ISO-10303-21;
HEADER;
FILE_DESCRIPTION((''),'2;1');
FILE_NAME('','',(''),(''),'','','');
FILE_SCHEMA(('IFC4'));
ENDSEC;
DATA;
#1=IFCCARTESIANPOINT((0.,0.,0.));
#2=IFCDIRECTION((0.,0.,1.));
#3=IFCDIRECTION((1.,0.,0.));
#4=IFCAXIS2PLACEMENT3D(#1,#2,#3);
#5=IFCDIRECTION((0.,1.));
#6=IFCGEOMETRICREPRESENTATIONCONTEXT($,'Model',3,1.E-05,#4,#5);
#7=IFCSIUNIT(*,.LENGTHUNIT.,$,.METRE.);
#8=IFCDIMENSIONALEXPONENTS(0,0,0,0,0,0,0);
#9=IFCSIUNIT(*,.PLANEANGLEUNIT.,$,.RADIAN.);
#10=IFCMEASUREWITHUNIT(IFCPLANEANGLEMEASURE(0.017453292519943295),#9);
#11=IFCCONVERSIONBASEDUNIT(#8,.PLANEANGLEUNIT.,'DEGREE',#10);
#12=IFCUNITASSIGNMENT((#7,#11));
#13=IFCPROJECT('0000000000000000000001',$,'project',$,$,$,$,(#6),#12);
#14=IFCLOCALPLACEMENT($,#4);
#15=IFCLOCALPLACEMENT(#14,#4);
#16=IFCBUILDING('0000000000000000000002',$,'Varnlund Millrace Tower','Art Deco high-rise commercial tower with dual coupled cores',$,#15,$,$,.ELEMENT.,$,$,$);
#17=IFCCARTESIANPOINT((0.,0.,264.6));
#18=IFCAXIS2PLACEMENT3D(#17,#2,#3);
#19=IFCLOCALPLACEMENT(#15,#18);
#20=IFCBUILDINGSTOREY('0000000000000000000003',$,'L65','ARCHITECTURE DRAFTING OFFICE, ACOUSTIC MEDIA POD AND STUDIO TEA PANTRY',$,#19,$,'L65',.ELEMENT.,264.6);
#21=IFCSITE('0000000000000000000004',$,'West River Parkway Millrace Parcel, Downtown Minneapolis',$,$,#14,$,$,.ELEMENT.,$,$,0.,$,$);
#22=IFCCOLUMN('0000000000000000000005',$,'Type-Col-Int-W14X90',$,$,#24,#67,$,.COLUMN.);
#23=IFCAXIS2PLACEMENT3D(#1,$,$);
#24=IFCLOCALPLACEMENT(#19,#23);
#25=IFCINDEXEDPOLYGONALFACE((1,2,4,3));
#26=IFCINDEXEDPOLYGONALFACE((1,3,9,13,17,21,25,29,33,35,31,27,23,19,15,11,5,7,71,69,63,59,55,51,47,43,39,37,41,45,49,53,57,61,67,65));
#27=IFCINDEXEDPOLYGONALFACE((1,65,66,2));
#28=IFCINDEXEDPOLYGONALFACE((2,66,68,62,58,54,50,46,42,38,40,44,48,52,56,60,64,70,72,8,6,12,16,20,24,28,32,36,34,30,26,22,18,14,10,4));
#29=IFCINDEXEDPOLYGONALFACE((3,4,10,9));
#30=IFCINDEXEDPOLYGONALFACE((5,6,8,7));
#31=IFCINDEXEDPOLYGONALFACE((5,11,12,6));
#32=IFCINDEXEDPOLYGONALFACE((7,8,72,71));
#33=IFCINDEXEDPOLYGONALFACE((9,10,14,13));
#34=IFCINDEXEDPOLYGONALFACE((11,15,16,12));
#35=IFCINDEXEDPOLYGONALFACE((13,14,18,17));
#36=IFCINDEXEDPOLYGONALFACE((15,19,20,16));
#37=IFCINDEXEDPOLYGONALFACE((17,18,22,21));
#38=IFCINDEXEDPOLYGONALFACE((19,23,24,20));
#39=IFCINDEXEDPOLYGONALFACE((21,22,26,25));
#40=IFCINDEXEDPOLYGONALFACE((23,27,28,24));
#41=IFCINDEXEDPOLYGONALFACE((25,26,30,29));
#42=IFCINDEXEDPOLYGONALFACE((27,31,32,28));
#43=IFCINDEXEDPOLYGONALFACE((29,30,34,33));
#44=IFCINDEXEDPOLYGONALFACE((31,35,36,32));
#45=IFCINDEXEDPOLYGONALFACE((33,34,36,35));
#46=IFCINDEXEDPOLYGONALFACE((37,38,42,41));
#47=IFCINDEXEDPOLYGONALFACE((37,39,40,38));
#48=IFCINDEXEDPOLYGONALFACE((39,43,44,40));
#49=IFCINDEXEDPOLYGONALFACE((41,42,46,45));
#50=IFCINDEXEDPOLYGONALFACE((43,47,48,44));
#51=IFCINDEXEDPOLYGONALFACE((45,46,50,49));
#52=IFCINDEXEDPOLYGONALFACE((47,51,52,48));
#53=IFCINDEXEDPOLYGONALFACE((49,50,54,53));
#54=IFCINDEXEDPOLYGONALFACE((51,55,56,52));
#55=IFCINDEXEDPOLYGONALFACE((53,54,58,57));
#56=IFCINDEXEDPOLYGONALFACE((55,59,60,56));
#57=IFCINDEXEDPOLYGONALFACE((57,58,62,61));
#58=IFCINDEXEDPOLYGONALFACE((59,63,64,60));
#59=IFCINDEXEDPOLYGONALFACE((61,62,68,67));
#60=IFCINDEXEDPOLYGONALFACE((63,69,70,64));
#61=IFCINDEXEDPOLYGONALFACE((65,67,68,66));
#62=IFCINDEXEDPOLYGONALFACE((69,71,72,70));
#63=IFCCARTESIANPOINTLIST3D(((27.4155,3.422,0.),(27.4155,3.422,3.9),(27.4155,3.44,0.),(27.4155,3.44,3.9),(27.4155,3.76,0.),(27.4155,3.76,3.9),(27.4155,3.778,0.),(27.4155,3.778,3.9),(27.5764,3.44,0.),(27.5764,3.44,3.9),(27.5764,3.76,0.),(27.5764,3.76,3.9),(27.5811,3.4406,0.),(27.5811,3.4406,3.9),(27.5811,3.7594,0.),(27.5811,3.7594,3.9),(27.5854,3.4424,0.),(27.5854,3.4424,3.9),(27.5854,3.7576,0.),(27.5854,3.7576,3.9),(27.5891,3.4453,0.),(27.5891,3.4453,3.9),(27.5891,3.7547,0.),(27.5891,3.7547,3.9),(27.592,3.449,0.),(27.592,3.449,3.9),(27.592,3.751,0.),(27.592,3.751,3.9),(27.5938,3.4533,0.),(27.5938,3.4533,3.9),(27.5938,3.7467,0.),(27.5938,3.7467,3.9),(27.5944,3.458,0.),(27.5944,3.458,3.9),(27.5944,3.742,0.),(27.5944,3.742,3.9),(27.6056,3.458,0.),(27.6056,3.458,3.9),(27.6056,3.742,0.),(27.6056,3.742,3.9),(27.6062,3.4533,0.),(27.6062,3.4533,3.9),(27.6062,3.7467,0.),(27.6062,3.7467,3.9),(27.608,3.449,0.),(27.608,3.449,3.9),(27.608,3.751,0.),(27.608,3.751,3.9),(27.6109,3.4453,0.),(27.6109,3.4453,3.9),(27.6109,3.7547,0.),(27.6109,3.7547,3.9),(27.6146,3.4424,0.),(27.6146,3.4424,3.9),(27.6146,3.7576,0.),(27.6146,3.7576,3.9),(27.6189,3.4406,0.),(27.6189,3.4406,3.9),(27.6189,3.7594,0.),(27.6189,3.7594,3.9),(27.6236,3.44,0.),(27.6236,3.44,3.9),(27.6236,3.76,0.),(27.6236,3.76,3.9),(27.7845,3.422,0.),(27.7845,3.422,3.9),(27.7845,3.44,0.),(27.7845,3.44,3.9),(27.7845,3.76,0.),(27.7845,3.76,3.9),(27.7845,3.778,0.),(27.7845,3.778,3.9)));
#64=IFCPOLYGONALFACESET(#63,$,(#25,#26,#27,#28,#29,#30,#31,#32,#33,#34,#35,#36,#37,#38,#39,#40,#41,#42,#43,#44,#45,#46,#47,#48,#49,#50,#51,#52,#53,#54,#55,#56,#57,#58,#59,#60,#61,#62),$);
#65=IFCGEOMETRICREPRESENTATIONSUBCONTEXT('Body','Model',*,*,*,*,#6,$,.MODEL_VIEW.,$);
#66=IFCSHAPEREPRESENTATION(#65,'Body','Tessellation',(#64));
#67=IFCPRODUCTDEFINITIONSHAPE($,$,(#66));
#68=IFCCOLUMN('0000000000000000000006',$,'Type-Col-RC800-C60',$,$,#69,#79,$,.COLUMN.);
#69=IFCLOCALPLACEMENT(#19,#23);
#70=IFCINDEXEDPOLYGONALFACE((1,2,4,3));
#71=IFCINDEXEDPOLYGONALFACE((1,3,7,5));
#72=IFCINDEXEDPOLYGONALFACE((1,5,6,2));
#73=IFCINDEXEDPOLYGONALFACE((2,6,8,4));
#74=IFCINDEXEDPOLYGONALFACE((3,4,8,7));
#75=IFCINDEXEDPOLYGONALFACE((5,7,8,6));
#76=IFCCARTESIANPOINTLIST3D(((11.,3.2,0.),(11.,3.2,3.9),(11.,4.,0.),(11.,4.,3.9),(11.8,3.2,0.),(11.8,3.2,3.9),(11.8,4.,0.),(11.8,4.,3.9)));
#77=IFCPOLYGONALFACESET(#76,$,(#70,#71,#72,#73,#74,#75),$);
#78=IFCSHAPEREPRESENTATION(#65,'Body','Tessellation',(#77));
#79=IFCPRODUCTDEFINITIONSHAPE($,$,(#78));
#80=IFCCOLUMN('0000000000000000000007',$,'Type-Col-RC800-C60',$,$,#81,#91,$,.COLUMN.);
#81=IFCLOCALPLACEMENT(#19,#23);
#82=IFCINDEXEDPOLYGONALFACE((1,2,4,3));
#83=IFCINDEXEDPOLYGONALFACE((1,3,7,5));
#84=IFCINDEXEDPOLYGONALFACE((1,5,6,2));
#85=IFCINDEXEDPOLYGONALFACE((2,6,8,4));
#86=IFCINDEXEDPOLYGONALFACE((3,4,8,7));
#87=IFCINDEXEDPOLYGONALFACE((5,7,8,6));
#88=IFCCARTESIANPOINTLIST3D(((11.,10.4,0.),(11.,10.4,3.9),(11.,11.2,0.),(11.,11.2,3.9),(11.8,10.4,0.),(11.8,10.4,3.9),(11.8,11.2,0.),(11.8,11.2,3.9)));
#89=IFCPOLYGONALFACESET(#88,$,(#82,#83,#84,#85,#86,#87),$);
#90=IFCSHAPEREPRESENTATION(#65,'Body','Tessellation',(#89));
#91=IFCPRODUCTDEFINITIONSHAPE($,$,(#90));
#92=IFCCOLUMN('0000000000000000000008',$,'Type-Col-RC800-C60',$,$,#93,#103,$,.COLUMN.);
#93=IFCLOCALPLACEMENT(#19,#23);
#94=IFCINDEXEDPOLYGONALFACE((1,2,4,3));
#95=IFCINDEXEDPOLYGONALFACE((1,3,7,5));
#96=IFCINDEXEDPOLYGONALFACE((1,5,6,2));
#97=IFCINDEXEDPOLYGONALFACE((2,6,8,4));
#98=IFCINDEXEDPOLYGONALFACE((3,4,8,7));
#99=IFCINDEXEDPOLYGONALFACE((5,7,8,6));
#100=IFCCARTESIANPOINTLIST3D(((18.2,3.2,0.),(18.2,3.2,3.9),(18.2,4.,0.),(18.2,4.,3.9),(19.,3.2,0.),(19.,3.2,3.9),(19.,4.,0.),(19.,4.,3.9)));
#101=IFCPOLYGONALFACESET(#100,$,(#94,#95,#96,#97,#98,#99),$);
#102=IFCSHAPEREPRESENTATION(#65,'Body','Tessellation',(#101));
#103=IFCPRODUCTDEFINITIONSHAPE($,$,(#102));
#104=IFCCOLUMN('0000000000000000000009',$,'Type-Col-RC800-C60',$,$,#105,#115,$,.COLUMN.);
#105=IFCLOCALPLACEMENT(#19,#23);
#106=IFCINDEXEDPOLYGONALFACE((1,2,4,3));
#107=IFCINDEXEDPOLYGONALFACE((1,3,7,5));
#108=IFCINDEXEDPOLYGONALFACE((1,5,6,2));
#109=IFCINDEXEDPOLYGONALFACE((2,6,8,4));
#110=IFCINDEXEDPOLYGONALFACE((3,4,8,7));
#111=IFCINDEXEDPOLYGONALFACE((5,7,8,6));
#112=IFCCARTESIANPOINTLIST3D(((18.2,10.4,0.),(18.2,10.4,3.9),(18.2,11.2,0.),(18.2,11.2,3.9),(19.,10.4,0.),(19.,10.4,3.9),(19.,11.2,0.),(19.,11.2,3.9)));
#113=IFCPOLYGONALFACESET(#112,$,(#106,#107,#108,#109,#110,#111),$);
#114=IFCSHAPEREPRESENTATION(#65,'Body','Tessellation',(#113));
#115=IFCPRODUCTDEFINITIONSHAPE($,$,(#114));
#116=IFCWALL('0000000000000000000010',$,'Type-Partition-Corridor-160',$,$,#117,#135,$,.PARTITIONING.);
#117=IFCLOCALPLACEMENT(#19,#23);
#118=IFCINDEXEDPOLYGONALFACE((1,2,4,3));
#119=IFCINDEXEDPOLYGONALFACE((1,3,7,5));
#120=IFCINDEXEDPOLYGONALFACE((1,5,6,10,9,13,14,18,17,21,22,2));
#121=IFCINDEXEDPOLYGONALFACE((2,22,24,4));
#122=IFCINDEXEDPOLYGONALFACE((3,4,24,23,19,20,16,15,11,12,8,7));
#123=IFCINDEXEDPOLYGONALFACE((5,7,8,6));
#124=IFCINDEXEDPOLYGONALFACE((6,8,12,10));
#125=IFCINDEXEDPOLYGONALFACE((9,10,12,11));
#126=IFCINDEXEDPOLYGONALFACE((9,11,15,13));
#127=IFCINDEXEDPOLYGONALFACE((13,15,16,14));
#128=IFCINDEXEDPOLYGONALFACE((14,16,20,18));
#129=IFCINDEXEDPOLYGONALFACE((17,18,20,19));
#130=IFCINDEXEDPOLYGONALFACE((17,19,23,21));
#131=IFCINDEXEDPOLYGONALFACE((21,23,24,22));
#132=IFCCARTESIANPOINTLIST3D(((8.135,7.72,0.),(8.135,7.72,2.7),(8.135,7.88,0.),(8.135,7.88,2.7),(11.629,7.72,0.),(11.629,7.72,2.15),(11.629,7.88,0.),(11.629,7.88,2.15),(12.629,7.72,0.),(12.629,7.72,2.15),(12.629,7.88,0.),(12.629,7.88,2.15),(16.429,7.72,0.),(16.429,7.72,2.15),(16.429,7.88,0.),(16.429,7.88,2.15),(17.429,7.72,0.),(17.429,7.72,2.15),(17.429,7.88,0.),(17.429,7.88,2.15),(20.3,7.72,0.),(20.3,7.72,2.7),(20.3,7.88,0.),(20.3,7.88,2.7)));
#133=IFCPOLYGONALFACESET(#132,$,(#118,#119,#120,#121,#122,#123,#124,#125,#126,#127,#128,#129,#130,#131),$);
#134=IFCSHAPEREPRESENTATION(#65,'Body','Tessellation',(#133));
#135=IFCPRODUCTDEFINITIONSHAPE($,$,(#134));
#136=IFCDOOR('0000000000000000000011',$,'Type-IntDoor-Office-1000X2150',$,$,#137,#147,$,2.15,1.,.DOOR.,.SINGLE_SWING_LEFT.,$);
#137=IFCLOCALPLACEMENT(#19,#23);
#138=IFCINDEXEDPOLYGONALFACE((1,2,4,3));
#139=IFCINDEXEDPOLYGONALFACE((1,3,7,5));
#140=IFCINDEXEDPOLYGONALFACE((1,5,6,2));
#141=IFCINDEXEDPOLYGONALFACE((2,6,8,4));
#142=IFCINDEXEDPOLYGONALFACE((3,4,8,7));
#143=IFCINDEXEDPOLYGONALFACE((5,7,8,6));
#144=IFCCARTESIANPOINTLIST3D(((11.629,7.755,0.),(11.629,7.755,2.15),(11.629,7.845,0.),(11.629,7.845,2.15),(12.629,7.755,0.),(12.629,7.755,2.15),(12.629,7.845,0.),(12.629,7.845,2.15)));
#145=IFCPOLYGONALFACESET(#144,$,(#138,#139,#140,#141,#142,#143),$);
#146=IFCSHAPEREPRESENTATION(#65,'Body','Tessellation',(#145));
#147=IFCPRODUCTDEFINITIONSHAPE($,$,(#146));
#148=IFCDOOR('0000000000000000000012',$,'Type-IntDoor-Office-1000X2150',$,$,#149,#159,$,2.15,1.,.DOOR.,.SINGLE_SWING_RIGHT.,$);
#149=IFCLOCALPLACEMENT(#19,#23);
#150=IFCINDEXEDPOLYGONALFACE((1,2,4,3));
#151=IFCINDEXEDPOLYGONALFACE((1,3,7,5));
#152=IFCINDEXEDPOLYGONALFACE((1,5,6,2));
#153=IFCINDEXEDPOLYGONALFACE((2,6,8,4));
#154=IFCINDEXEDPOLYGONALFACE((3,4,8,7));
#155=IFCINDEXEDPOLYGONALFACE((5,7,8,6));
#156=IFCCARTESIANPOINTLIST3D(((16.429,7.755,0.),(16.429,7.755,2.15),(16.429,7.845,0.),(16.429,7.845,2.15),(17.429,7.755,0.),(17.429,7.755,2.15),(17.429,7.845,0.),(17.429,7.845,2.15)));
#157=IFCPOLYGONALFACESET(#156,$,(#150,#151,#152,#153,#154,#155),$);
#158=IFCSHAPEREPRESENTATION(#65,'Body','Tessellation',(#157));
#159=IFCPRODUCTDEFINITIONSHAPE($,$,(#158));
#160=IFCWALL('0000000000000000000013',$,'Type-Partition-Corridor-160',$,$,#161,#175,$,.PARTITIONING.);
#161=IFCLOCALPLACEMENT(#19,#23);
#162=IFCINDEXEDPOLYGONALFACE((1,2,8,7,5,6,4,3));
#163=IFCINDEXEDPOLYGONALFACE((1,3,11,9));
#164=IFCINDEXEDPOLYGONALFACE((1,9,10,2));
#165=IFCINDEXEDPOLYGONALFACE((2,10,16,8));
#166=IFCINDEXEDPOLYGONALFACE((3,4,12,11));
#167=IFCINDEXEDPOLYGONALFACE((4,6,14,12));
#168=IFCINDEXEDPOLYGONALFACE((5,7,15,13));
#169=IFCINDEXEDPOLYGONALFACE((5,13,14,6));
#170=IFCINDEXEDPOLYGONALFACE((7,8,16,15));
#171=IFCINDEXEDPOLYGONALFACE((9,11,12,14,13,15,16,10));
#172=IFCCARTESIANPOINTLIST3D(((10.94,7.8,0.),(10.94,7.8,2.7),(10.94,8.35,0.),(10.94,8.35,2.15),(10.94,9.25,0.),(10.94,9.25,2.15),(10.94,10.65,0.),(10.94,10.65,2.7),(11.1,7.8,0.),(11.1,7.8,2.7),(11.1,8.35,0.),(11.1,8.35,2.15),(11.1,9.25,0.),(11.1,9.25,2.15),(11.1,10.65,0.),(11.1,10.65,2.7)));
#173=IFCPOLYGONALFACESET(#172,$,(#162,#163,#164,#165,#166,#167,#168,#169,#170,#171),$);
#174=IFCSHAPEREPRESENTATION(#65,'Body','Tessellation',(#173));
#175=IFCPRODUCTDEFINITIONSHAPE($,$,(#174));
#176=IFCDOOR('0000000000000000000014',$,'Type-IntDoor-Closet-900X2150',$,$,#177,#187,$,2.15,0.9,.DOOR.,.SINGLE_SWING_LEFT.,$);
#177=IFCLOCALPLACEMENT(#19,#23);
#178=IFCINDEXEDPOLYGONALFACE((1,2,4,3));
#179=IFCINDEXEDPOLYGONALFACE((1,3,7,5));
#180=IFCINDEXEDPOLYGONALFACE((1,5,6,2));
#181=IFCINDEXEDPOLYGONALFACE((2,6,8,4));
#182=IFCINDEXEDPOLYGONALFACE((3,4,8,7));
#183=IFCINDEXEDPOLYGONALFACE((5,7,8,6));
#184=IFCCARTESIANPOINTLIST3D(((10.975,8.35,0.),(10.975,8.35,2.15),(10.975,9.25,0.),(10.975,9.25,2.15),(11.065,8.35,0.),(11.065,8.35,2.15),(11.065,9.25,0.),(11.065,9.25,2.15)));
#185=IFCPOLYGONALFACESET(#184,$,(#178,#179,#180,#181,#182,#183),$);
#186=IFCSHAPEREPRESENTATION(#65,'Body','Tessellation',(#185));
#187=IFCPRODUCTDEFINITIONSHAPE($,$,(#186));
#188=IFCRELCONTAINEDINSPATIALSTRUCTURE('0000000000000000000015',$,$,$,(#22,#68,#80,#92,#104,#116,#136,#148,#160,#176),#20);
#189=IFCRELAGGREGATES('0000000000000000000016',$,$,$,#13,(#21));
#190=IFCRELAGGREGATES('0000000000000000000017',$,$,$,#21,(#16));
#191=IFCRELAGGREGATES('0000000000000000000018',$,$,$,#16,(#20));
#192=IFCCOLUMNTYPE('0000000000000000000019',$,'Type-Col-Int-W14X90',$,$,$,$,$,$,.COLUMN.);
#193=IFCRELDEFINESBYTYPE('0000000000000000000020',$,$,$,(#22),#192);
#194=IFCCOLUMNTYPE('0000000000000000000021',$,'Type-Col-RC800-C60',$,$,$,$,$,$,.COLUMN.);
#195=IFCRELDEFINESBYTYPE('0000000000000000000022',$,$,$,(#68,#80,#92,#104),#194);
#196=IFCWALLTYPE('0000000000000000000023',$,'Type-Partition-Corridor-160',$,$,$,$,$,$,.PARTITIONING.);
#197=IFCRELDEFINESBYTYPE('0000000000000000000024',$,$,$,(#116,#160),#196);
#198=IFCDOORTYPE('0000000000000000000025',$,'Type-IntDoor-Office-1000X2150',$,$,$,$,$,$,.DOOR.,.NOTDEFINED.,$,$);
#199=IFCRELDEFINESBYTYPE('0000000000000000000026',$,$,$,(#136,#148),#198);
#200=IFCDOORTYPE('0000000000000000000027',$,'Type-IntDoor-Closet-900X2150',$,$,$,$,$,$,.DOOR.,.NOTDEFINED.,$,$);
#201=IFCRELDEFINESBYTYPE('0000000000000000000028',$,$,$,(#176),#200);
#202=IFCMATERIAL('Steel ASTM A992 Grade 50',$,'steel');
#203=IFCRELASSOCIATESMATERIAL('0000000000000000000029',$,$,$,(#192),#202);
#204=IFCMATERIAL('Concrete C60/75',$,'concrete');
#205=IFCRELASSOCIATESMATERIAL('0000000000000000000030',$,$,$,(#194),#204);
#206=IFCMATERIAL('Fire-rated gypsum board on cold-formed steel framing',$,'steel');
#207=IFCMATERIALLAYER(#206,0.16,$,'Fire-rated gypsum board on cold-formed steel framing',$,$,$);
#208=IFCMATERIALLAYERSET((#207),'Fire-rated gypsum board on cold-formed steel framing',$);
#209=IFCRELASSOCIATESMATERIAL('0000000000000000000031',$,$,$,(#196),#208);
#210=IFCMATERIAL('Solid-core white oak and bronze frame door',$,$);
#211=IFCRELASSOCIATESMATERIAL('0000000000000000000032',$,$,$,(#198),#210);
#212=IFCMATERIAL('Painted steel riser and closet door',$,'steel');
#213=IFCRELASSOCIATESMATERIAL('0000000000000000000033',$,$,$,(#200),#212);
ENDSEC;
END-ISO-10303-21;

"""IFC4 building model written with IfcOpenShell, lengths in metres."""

from ifc_helpers import new_model, entity, si_unit, converted_unit, direction, frame, origin_with_axes, origin_2d_with_axis, place, context, subcontext, project, spatial, polyline, rectangle, i_section, outline, extrude, material, layer, layer_set, material_profile, profile_set, type_object, element, fill, save


model = new_model("IFC4")

# Units and contexts
model_context = context("Model", 3, precision=1e-05, world=origin_with_axes(), true_north=direction((0.0, 1.0)))
body_context = subcontext(model_context, "Body", "Model", "MODEL_VIEW")
ifc_project = project(units=[si_unit("LENGTHUNIT", "METRE"), converted_unit("PLANEANGLEUNIT", "DEGREE", entity("IfcPlaneAngleMeasure", 0.017453292519943295), si_unit("PLANEANGLEUNIT", "RADIAN"), dimensions=[0, 0, 0, 0, 0, 0, 0])], contexts=[model_context])

# Site, building, storey
site_placement = place(None, origin_with_axes())
site = spatial("IfcSite", under=ifc_project, at=site_placement, Name="West River Parkway Millrace Parcel, Downtown Minneapolis", CompositionType="ELEMENT", RefElevation=0.0)
building_placement = place(site_placement, origin_with_axes())
building = spatial("IfcBuilding", under=site, at=building_placement, Name="Varnlund Millrace Tower", Description="Art Deco high-rise commercial tower with dual coupled cores", CompositionType="ELEMENT")
storey_placement = place(building_placement, frame((0.0, 0.0, 264.6), z_axis=(0.0, 0.0, 1.0), x_axis=(1.0, 0.0, 0.0)))
storey = spatial("IfcBuildingStorey", under=building, at=storey_placement, Name="L65", Description="ARCHITECTURE DRAFTING OFFICE, ACOUSTIC MEDIA POD AND STUDIO TEA PANTRY", LongName="L65", CompositionType="ELEMENT", Elevation=264.6)

# Columns
ifc_material_1 = material(Name="Steel ASTM A992 Grade 50", Category="steel")
ifc_material_profile_1 = material_profile(ifc_material_1, i_section(OverallWidth=0.369, OverallDepth=0.356, WebThickness=0.0112, FlangeThickness=0.018, FilletRadius=0.018, at=origin_2d_with_axis()), Name="Steel ASTM A992 Grade 50")
ifc_profile_set_1 = profile_set([ifc_material_profile_1], Name="Steel ASTM A992 Grade 50")
column_type_1 = type_object("IfcColumnType", Name="Type-Col-Int-W14X90", PredefinedType="COLUMN", material=ifc_profile_set_1)
column_placement = place(storey_placement, frame((27.6, 3.6, 0.0), z_axis=(0.0, 0.0, 1.0), x_axis=(1.0, 0.0, 0.0)))
element("IfcColumn", 1, at=column_placement, inside=storey, type_object=column_type_1, Name="Type-Col-Int-W14X90", PredefinedType="COLUMN", context=body_context, shape_type="SweptSolid", body=[
    extrude(i_section(OverallWidth=0.369, OverallDepth=0.356, WebThickness=0.0112, FlangeThickness=0.018, FilletRadius=0.018, at=origin_2d_with_axis()), origin_with_axes(), (0.0, 0.0, 1.0), 3.9),
])
ifc_material_2 = material(Name="Concrete C60/75", Category="concrete")
ifc_material_profile_2 = material_profile(ifc_material_2, rectangle(XDim=0.8, YDim=0.8, at=origin_2d_with_axis()), Name="Concrete C60/75")
ifc_profile_set_2 = profile_set([ifc_material_profile_2], Name="Concrete C60/75")
column_type_2 = type_object("IfcColumnType", Name="Type-Col-RC800-C60", PredefinedType="COLUMN", material=ifc_profile_set_2)
for number, where, z_axis, x_axis, name in (
    (2, (11.4, 3.6, 0.0), (0.0, 0.0, 1.0), (1.0, 0.0, 0.0), "Type-Col-RC800-C60"),
    (3, (11.4, 10.8, 0.0), (0.0, 0.0, 1.0), (1.0, 0.0, 0.0), "Type-Col-RC800-C60"),
    (4, (18.6, 3.6, 0.0), (0.0, 0.0, 1.0), (1.0, 0.0, 0.0), "Type-Col-RC800-C60"),
    (5, (18.6, 10.8, 0.0), (0.0, 0.0, 1.0), (1.0, 0.0, 0.0), "Type-Col-RC800-C60"),
):
    element("IfcColumn", number, at=place(storey_placement, frame(where, z_axis=z_axis, x_axis=x_axis)), inside=storey, type_object=column_type_2, Name=name, PredefinedType="COLUMN", context=body_context, shape_type="SweptSolid", body=[
        extrude(rectangle(XDim=0.8, YDim=0.8, at=origin_2d_with_axis()), origin_with_axes(), (0.0, 0.0, 1.0), 3.9),
    ])

# Wall, openings, doors
ifc_material_3 = material(Name="Fire-rated gypsum board on cold-formed steel framing", Category="steel")
ifc_layer_1 = layer(ifc_material_3, 0.16, Name="Fire-rated gypsum board on cold-formed steel framing")
ifc_layer_set_1 = layer_set([ifc_layer_1], Name="Fire-rated gypsum board on cold-formed steel framing")
wall_type_1 = type_object("IfcWallType", Name="Type-Partition-Corridor-160", PredefinedType="PARTITIONING", material=ifc_layer_set_1)
wall_1_placement = place(storey_placement, frame((8.135, 7.8, 0.0), z_axis=(0.0, 0.0, 1.0), x_axis=(1.0, 0.0, 0.0)))
wall_1 = element("IfcWall", 6, at=wall_1_placement, inside=storey, type_object=wall_type_1, Name="Type-Partition-Corridor-160", PredefinedType="PARTITIONING", context=body_context, shape_type="SweptSolid", body=[
    extrude(outline(polyline([(0.0, -0.08), (12.165, -0.08), (12.165, 0.08), (0.0, 0.08), (0.0, -0.08)])), origin_with_axes(), (0.0, 0.0, 1.0), 2.7),
])
opening_1_placement = place(wall_1_placement, frame((3.994, 0.0, 0.0), z_axis=(0.0, 0.0, 1.0), x_axis=(1.0, 0.0, 0.0)))
opening_1 = element("IfcOpeningElement", 7, at=opening_1_placement, cuts=wall_1, PredefinedType="OPENING", context=body_context, shape_type="SweptSolid", body=[
    extrude(rectangle(XDim=1.0, YDim=0.18, at=origin_2d_with_axis()), origin_with_axes(), (0.0, 0.0, 1.0), 2.15),
])
opening_2_placement = place(wall_1_placement, frame((8.794, 0.0, 0.0), z_axis=(0.0, 0.0, 1.0), x_axis=(1.0, 0.0, 0.0)))
opening_2 = element("IfcOpeningElement", 8, at=opening_2_placement, cuts=wall_1, PredefinedType="OPENING", context=body_context, shape_type="SweptSolid", body=[
    extrude(rectangle(XDim=1.0, YDim=0.18, at=origin_2d_with_axis()), origin_with_axes(), (0.0, 0.0, 1.0), 2.15),
])
ifc_material_4 = material(Name="Solid-core white oak and bronze frame door")
door_type_1 = type_object("IfcDoorType", Name="Type-IntDoor-Office-1000X2150", OperationType="NOTDEFINED", PredefinedType="DOOR", material=ifc_material_4)
door_1_placement = place(wall_1_placement, frame((3.994, 0.0, 0.0), z_axis=(0.0, 0.0, 1.0), x_axis=(1.0, 0.0, 0.0)))
door_1 = element("IfcDoor", 9, at=door_1_placement, inside=storey, type_object=door_type_1, Name="Type-IntDoor-Office-1000X2150", OperationType="SINGLE_SWING_LEFT", OverallHeight=2.15, OverallWidth=1.0, PredefinedType="DOOR", context=body_context, shape_type="SweptSolid", body=[
    extrude(rectangle(XDim=1.0, YDim=0.09, at=origin_2d_with_axis()), origin_with_axes(), (0.0, 0.0, 1.0), 2.15),
])
fill(opening_1, door_1)
door_2_placement = place(wall_1_placement, frame((8.794, 0.0, 0.0), z_axis=(0.0, 0.0, 1.0), x_axis=(1.0, 0.0, 0.0)))
door_2 = element("IfcDoor", 10, at=door_2_placement, inside=storey, type_object=door_type_1, Name="Type-IntDoor-Office-1000X2150", OperationType="SINGLE_SWING_RIGHT", OverallHeight=2.15, OverallWidth=1.0, PredefinedType="DOOR", context=body_context, shape_type="SweptSolid", body=[
    extrude(rectangle(XDim=1.0, YDim=0.09, at=origin_2d_with_axis()), origin_with_axes(), (0.0, 0.0, 1.0), 2.15),
])
fill(opening_2, door_2)

# Wall, opening, door
wall_2_placement = place(storey_placement, frame((11.02, 7.8, 0.0), z_axis=(0.0, 0.0, 1.0), x_axis=(0.0, 1.0, 0.0)))
wall_2 = element("IfcWall", 11, at=wall_2_placement, inside=storey, type_object=wall_type_1, Name="Type-Partition-Corridor-160", PredefinedType="PARTITIONING", context=body_context, shape_type="SweptSolid", body=[
    extrude(outline(polyline([(0.0, -0.08), (2.85, -0.08), (2.85, 0.08), (0.0, 0.08), (0.0, -0.08)])), origin_with_axes(), (0.0, 0.0, 1.0), 2.7),
])
opening_3_placement = place(wall_2_placement, frame((1.0, 0.0, 0.0), z_axis=(0.0, 0.0, 1.0), x_axis=(1.0, 0.0, 0.0)))
opening_3 = element("IfcOpeningElement", 12, at=opening_3_placement, cuts=wall_2, PredefinedType="OPENING", context=body_context, shape_type="SweptSolid", body=[
    extrude(rectangle(XDim=0.9, YDim=0.18, at=origin_2d_with_axis()), origin_with_axes(), (0.0, 0.0, 1.0), 2.15),
])
ifc_material_5 = material(Name="Painted steel riser and closet door", Category="steel")
door_type_2 = type_object("IfcDoorType", Name="Type-IntDoor-Closet-900X2150", OperationType="NOTDEFINED", PredefinedType="DOOR", material=ifc_material_5)
door_3_placement = place(wall_2_placement, frame((1.0, 0.0, 0.0), z_axis=(0.0, 0.0, 1.0), x_axis=(1.0, 0.0, 0.0)))
door_3 = element("IfcDoor", 13, at=door_3_placement, inside=storey, type_object=door_type_2, Name="Type-IntDoor-Closet-900X2150", OperationType="SINGLE_SWING_LEFT", OverallHeight=2.15, OverallWidth=0.9, PredefinedType="DOOR", context=body_context, shape_type="SweptSolid", body=[
    extrude(rectangle(XDim=0.9, YDim=0.09, at=origin_2d_with_axis()), origin_with_axes(), (0.0, 0.0, 1.0), 2.15),
])
fill(opening_3, door_3)

save(model, "model.ifc")
